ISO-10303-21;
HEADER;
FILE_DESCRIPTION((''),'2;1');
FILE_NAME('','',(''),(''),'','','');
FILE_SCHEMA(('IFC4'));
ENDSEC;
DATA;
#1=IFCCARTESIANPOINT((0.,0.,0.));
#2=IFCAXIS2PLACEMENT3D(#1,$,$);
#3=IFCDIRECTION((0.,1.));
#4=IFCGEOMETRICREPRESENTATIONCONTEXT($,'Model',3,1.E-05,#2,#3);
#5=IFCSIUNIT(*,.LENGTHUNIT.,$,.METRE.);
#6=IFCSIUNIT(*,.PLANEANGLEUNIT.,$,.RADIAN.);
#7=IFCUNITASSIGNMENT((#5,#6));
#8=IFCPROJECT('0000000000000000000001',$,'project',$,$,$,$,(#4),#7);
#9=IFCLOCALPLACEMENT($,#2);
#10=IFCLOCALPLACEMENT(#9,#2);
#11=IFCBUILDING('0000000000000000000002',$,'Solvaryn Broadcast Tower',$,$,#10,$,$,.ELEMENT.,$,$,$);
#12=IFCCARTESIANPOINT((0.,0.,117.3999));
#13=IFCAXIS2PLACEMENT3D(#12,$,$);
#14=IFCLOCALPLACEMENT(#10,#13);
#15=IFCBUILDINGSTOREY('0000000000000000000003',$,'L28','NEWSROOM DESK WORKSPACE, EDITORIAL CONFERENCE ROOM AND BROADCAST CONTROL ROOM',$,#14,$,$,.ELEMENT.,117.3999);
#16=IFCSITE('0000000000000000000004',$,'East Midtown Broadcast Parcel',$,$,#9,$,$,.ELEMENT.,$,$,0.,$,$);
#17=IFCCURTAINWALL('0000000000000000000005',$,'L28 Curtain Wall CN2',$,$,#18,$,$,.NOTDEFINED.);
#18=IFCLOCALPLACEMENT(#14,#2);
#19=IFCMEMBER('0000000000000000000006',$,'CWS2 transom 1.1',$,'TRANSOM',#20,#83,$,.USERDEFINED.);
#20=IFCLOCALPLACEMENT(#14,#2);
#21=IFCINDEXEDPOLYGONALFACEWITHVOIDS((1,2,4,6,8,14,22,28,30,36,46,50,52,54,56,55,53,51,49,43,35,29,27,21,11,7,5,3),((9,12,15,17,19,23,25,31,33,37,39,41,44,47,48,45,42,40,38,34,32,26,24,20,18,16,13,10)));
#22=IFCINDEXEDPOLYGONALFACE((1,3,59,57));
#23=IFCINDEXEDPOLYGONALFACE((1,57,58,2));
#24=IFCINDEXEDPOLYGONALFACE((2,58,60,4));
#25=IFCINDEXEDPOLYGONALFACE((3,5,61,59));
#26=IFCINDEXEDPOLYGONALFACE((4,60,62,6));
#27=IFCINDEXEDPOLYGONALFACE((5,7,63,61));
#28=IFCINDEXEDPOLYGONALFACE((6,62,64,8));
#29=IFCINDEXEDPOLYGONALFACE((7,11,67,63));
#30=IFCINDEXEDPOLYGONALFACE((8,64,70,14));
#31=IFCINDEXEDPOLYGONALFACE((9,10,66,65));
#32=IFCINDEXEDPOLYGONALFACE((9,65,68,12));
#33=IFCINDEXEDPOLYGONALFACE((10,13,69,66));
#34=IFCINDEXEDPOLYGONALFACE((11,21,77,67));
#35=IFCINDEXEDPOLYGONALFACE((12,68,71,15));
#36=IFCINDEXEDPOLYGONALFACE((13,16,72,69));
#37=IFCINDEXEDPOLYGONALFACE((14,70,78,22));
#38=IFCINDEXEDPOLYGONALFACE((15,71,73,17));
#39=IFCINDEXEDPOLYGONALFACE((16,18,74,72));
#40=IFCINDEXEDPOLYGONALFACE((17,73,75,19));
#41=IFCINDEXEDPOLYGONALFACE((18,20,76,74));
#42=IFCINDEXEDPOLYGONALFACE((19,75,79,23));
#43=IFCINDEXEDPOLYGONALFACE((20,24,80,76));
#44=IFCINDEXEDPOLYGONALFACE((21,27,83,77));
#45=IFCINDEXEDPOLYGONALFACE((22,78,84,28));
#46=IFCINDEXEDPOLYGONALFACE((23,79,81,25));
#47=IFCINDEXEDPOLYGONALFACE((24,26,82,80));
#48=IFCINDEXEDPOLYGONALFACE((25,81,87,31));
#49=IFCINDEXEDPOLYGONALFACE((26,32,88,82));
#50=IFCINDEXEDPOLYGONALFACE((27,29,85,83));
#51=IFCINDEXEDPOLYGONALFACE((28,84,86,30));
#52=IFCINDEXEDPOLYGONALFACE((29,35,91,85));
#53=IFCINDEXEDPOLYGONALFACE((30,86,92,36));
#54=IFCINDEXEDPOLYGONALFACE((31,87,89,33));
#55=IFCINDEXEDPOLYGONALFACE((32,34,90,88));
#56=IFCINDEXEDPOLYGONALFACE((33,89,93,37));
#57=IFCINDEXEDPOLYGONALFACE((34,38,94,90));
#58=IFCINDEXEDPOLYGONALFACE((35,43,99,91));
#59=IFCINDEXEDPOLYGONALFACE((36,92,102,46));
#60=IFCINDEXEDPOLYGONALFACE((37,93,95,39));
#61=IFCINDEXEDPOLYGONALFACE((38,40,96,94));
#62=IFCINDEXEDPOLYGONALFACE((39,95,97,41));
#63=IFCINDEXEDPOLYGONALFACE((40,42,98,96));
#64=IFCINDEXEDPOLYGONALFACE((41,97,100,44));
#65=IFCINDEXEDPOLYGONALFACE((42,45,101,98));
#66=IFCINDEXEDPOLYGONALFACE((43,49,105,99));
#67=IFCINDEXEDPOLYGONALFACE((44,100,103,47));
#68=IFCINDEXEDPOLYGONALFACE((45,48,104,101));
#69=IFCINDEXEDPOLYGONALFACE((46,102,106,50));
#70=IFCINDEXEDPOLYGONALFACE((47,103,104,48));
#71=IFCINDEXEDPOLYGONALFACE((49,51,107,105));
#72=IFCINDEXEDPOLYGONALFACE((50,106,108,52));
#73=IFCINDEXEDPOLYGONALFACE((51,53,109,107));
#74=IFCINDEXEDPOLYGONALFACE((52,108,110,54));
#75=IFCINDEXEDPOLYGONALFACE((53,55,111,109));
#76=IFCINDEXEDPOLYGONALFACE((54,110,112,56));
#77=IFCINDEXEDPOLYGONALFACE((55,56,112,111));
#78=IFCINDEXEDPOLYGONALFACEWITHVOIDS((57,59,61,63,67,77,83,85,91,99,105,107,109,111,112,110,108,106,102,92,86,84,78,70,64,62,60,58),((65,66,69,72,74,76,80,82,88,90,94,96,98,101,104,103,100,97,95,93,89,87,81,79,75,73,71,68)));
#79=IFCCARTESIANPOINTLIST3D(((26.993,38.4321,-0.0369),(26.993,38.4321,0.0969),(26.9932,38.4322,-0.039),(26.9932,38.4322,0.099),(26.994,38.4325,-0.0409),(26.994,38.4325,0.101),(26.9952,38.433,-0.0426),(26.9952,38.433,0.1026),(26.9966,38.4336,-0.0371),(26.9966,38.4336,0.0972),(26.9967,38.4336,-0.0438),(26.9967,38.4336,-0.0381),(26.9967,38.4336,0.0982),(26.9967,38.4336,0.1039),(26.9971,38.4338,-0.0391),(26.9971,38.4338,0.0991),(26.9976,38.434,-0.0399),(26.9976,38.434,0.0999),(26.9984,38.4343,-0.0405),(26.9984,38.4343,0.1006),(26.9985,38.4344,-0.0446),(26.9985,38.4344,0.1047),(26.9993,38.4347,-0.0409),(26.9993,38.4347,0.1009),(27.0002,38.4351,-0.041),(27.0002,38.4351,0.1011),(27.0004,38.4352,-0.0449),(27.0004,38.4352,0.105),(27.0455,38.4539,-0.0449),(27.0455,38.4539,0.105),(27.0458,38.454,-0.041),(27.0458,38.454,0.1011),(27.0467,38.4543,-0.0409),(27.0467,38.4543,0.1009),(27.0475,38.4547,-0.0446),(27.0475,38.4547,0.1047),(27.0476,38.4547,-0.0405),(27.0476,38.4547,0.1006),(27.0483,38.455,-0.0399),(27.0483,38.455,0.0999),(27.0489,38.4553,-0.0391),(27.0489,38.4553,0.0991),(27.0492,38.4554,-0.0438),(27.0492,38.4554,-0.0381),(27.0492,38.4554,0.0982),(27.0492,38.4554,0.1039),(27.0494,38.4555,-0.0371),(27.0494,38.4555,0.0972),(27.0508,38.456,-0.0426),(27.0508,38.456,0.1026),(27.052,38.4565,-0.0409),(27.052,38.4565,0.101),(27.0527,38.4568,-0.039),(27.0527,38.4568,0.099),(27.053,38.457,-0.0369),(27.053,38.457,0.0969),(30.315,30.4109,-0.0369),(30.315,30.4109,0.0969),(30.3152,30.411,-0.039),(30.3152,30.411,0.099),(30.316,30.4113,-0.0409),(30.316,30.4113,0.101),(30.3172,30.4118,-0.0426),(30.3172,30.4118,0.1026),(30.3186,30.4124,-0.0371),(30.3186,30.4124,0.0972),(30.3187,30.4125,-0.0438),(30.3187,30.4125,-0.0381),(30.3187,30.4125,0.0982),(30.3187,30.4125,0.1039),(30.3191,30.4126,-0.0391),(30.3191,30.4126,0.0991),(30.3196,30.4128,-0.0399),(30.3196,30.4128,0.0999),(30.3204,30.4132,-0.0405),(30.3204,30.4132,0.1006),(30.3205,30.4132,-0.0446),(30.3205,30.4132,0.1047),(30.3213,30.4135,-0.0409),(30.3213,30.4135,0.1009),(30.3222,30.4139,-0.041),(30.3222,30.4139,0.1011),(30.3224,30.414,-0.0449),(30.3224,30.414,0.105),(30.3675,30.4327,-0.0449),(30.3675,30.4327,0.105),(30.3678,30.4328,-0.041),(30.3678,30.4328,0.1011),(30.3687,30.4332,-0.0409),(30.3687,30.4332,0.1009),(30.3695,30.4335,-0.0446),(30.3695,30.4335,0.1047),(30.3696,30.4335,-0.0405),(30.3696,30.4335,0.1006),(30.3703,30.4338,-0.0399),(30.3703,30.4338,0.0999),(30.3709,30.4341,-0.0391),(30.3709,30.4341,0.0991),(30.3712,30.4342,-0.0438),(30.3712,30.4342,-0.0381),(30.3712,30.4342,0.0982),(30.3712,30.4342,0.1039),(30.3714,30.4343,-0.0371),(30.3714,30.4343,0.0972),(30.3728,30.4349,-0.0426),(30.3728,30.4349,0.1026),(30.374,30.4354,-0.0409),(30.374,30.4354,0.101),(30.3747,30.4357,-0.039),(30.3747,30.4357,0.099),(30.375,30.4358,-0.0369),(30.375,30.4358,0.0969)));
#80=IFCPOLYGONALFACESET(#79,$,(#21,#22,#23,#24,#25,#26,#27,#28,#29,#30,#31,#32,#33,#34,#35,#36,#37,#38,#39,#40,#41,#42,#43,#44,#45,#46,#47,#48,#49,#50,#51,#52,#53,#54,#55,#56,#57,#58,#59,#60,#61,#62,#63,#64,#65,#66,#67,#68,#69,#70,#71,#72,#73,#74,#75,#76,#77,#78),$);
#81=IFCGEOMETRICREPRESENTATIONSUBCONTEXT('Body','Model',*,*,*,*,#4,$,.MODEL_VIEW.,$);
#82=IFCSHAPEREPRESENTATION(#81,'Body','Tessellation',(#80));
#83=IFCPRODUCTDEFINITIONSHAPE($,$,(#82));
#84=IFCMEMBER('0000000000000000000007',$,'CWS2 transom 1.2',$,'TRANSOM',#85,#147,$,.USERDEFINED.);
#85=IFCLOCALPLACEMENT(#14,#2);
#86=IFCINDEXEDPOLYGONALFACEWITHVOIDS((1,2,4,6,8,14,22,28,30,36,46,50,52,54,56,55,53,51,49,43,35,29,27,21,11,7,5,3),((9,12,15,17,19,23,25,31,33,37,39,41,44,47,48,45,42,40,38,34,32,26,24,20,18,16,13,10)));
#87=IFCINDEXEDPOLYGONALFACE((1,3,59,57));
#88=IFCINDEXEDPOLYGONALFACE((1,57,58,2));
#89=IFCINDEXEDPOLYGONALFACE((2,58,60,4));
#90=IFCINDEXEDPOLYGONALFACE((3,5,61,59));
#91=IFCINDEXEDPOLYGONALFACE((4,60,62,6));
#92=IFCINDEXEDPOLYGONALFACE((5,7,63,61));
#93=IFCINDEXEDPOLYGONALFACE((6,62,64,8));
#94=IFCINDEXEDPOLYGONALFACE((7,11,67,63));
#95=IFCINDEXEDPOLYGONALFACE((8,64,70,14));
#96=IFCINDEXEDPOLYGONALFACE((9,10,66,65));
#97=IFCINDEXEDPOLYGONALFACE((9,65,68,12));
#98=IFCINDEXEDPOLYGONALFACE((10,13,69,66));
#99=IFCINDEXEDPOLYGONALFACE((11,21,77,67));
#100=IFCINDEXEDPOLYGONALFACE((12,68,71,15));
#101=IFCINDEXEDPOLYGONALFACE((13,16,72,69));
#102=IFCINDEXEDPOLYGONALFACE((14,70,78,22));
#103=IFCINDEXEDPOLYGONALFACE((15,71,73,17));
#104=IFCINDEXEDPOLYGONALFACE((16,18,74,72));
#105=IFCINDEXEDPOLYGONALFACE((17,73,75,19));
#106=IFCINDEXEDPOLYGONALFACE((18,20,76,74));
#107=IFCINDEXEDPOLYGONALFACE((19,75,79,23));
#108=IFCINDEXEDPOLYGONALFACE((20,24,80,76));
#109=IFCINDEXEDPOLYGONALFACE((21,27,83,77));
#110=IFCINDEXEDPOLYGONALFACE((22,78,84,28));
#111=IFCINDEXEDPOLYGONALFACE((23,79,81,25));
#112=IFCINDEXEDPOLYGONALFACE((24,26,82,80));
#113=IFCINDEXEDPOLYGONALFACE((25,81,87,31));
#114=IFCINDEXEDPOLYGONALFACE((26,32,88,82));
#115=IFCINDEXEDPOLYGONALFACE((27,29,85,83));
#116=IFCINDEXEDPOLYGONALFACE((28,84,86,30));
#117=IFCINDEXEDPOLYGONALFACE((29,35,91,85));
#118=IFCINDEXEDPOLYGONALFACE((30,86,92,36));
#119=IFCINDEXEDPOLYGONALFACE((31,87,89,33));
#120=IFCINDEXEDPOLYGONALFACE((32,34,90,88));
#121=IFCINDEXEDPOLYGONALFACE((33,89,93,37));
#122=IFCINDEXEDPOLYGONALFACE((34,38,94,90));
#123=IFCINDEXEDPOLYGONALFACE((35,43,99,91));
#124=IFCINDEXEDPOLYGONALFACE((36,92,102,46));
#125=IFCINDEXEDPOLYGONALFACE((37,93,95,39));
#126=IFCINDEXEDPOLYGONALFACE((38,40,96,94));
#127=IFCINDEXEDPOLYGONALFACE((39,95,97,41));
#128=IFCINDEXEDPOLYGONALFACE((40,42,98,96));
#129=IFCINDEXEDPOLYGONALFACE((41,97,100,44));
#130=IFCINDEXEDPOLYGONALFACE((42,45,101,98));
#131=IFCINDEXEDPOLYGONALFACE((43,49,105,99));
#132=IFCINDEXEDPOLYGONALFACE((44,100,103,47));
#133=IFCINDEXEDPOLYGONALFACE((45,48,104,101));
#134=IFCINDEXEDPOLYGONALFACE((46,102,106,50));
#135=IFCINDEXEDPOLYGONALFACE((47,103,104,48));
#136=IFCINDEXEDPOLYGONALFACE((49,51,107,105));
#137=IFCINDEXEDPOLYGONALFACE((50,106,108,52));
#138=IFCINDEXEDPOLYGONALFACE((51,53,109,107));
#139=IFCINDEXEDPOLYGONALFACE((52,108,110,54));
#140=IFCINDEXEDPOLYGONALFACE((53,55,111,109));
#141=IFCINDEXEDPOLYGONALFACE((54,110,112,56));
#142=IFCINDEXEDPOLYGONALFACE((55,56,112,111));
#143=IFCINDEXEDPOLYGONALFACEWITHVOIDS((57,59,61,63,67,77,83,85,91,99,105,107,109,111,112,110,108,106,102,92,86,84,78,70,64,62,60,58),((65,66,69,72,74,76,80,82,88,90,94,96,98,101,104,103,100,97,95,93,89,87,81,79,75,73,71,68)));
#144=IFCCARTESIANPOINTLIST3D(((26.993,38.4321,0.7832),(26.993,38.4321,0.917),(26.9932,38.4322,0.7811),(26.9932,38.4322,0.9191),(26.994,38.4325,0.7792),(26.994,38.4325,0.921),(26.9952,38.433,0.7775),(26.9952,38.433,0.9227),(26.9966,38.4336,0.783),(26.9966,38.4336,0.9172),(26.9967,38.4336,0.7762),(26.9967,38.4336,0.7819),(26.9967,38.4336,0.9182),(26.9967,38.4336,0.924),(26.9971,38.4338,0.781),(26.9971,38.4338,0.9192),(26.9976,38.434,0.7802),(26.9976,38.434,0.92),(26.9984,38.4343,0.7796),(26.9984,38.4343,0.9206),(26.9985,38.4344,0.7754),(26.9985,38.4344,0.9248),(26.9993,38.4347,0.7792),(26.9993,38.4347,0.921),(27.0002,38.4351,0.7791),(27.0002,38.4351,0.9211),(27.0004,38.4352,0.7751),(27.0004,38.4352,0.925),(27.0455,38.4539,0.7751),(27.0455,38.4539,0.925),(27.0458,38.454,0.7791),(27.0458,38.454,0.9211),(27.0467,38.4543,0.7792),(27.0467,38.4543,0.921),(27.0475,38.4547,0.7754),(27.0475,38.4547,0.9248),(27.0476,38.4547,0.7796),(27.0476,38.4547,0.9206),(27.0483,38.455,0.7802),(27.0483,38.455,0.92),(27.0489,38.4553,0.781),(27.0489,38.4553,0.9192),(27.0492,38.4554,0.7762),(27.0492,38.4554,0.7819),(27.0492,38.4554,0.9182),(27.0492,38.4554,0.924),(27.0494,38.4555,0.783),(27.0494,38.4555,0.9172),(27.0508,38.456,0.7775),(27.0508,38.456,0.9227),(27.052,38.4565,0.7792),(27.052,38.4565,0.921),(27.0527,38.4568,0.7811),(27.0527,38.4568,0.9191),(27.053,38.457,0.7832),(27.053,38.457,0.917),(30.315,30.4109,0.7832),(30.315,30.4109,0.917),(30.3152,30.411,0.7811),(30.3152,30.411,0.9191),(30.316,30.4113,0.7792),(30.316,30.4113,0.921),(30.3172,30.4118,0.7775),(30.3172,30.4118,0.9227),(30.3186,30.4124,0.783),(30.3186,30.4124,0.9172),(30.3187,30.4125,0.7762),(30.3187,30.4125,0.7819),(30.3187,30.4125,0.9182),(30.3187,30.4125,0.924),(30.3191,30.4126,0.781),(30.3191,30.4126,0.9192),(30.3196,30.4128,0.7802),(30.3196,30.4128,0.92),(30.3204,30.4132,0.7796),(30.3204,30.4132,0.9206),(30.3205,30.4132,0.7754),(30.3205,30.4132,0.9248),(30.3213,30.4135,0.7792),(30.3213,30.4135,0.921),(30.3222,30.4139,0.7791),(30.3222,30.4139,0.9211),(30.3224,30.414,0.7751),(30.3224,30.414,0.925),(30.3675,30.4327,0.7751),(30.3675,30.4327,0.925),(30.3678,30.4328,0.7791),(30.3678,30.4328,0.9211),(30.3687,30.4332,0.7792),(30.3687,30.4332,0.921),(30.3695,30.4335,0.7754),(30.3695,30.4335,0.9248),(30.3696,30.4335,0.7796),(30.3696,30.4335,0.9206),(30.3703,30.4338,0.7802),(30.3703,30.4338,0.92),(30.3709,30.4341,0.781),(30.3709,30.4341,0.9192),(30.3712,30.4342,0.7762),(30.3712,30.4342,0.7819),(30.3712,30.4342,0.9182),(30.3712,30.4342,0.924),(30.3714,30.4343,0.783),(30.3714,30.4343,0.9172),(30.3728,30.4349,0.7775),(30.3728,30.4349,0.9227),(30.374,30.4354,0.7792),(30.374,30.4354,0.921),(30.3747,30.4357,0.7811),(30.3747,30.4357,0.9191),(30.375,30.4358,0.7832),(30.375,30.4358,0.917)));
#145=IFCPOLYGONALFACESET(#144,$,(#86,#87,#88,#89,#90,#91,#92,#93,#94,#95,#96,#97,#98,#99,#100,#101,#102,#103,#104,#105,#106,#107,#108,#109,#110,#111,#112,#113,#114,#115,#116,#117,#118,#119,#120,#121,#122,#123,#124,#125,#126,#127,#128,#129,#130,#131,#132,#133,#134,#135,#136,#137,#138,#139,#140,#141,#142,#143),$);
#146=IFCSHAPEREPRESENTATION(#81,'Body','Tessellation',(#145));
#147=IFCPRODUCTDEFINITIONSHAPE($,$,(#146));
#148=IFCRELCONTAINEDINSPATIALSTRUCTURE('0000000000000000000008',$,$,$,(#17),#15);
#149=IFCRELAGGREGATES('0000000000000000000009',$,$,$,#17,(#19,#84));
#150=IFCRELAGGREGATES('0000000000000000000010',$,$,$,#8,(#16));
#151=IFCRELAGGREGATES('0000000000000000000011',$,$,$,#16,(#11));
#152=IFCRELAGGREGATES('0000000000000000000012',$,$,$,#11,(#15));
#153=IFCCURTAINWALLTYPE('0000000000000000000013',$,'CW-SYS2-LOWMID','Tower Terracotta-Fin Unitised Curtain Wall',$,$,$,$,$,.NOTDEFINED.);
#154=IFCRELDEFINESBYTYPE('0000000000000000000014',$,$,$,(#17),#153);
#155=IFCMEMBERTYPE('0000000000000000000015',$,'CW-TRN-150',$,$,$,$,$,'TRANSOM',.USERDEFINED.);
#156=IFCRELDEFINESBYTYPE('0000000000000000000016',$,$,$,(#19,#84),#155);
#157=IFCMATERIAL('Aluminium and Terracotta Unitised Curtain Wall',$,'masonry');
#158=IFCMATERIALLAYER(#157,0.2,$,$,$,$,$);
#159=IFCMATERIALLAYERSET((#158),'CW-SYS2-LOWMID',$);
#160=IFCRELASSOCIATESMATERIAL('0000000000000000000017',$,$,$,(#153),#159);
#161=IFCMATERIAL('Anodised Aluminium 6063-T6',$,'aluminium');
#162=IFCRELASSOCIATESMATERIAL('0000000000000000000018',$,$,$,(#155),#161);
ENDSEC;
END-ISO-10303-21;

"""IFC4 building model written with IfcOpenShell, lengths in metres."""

from ifc_helpers import new_model, si_unit, direction, frame, origin, origin_2d, place, context, subcontext, project, spatial, hollow_rectangle, extrude, material, layer, layer_set, material_profile, profile_set, type_object, element, aggregate, save


model = new_model("IFC4")

# Units and contexts
model_context = context("Model", 3, precision=1e-05, world=origin(), true_north=direction((0.0, 1.0)))
body_context = subcontext(model_context, "Body", "Model", "MODEL_VIEW")
ifc_project = project(units=[si_unit("LENGTHUNIT", "METRE"), si_unit("PLANEANGLEUNIT", "RADIAN")], contexts=[model_context])

# Site, building, storey
site_placement = place(None, origin())
site = spatial("IfcSite", under=ifc_project, at=site_placement, Name="East Midtown Broadcast Parcel", CompositionType="ELEMENT", RefElevation=0.0)
building_placement = place(site_placement, origin())
building = spatial("IfcBuilding", under=site, at=building_placement, Name="Solvaryn Broadcast Tower", CompositionType="ELEMENT")
storey_placement = place(building_placement, frame((0.0, 0.0, 117.3999)))
storey = spatial("IfcBuildingStorey", under=building, at=storey_placement, Name="L28", Description="NEWSROOM DESK WORKSPACE, EDITORIAL CONFERENCE ROOM AND BROADCAST CONTROL ROOM", CompositionType="ELEMENT", Elevation=117.3999)

# Shared definitions
ifc_material_1 = material(Name="Aluminium and Terracotta Unitised Curtain Wall", Category="masonry")
ifc_layer_1 = layer(ifc_material_1, 0.2)
ifc_layer_set_1 = layer_set([ifc_layer_1], Name="CW-SYS2-LOWMID")
curtain_wall_type = type_object("IfcCurtainWallType", Name="CW-SYS2-LOWMID", Description="Tower Terracotta-Fin Unitised Curtain Wall", PredefinedType="NOTDEFINED", material=ifc_layer_set_1)

# Curtain wall, members
curtain_wall_1_placement = place(storey_placement, origin())
curtain_wall_1 = element("IfcCurtainWall", 1, at=curtain_wall_1_placement, inside=storey, type_object=curtain_wall_type, Name="L28 Curtain Wall CN2", PredefinedType="NOTDEFINED")
ifc_material_2 = material(Name="Anodised Aluminium 6063-T6", Category="aluminium")
ifc_material_profile_1 = material_profile(ifc_material_2, hollow_rectangle(XDim=0.0649, YDim=0.1499, WallThickness=0.0039, InnerFilletRadius=0.0039, OuterFilletRadius=0.0081, at=origin_2d()))
ifc_profile_set_1 = profile_set([ifc_material_profile_1], Name="Anodised Aluminium 6063-T6")
member_type_1 = type_object("IfcMemberType", Name="CW-TRN-150", ElementType="TRANSOM", PredefinedType="USERDEFINED", material=ifc_profile_set_1)
member_1_placement = place(storey_placement, frame((30.345, 30.4233, 0.03), z_axis=(-0.382636, 0.923899, 0.0), x_axis=(-0.923899, -0.382636, 0.0)))
member_1 = element("IfcMember", 2, at=member_1_placement, type_object=member_type_1, Name="CWS2 transom 1.1", ObjectType="TRANSOM", PredefinedType="USERDEFINED", context=body_context, shape_type="SweptSolid", body=[
    extrude(hollow_rectangle(XDim=0.0649, YDim=0.1499, WallThickness=0.0039, InnerFilletRadius=0.0039, OuterFilletRadius=0.0081, at=origin_2d()), origin(), (0.0, 0.0, 1.0), 8.6819),
])
member_2_placement = place(storey_placement, frame((30.345, 30.4233, 0.8501), z_axis=(-0.382636, 0.923899, 0.0), x_axis=(-0.923899, -0.382636, 0.0)))
member_2 = element("IfcMember", 3, at=member_2_placement, type_object=member_type_1, Name="CWS2 transom 1.2", ObjectType="TRANSOM", PredefinedType="USERDEFINED", context=body_context, shape_type="SweptSolid", body=[
    extrude(hollow_rectangle(XDim=0.0649, YDim=0.1499, WallThickness=0.0039, InnerFilletRadius=0.0039, OuterFilletRadius=0.0081, at=origin_2d()), origin(), (0.0, 0.0, 1.0), 8.6819),
])

aggregate(curtain_wall_1, [member_1, member_2])

save(model, "model.ifc")
